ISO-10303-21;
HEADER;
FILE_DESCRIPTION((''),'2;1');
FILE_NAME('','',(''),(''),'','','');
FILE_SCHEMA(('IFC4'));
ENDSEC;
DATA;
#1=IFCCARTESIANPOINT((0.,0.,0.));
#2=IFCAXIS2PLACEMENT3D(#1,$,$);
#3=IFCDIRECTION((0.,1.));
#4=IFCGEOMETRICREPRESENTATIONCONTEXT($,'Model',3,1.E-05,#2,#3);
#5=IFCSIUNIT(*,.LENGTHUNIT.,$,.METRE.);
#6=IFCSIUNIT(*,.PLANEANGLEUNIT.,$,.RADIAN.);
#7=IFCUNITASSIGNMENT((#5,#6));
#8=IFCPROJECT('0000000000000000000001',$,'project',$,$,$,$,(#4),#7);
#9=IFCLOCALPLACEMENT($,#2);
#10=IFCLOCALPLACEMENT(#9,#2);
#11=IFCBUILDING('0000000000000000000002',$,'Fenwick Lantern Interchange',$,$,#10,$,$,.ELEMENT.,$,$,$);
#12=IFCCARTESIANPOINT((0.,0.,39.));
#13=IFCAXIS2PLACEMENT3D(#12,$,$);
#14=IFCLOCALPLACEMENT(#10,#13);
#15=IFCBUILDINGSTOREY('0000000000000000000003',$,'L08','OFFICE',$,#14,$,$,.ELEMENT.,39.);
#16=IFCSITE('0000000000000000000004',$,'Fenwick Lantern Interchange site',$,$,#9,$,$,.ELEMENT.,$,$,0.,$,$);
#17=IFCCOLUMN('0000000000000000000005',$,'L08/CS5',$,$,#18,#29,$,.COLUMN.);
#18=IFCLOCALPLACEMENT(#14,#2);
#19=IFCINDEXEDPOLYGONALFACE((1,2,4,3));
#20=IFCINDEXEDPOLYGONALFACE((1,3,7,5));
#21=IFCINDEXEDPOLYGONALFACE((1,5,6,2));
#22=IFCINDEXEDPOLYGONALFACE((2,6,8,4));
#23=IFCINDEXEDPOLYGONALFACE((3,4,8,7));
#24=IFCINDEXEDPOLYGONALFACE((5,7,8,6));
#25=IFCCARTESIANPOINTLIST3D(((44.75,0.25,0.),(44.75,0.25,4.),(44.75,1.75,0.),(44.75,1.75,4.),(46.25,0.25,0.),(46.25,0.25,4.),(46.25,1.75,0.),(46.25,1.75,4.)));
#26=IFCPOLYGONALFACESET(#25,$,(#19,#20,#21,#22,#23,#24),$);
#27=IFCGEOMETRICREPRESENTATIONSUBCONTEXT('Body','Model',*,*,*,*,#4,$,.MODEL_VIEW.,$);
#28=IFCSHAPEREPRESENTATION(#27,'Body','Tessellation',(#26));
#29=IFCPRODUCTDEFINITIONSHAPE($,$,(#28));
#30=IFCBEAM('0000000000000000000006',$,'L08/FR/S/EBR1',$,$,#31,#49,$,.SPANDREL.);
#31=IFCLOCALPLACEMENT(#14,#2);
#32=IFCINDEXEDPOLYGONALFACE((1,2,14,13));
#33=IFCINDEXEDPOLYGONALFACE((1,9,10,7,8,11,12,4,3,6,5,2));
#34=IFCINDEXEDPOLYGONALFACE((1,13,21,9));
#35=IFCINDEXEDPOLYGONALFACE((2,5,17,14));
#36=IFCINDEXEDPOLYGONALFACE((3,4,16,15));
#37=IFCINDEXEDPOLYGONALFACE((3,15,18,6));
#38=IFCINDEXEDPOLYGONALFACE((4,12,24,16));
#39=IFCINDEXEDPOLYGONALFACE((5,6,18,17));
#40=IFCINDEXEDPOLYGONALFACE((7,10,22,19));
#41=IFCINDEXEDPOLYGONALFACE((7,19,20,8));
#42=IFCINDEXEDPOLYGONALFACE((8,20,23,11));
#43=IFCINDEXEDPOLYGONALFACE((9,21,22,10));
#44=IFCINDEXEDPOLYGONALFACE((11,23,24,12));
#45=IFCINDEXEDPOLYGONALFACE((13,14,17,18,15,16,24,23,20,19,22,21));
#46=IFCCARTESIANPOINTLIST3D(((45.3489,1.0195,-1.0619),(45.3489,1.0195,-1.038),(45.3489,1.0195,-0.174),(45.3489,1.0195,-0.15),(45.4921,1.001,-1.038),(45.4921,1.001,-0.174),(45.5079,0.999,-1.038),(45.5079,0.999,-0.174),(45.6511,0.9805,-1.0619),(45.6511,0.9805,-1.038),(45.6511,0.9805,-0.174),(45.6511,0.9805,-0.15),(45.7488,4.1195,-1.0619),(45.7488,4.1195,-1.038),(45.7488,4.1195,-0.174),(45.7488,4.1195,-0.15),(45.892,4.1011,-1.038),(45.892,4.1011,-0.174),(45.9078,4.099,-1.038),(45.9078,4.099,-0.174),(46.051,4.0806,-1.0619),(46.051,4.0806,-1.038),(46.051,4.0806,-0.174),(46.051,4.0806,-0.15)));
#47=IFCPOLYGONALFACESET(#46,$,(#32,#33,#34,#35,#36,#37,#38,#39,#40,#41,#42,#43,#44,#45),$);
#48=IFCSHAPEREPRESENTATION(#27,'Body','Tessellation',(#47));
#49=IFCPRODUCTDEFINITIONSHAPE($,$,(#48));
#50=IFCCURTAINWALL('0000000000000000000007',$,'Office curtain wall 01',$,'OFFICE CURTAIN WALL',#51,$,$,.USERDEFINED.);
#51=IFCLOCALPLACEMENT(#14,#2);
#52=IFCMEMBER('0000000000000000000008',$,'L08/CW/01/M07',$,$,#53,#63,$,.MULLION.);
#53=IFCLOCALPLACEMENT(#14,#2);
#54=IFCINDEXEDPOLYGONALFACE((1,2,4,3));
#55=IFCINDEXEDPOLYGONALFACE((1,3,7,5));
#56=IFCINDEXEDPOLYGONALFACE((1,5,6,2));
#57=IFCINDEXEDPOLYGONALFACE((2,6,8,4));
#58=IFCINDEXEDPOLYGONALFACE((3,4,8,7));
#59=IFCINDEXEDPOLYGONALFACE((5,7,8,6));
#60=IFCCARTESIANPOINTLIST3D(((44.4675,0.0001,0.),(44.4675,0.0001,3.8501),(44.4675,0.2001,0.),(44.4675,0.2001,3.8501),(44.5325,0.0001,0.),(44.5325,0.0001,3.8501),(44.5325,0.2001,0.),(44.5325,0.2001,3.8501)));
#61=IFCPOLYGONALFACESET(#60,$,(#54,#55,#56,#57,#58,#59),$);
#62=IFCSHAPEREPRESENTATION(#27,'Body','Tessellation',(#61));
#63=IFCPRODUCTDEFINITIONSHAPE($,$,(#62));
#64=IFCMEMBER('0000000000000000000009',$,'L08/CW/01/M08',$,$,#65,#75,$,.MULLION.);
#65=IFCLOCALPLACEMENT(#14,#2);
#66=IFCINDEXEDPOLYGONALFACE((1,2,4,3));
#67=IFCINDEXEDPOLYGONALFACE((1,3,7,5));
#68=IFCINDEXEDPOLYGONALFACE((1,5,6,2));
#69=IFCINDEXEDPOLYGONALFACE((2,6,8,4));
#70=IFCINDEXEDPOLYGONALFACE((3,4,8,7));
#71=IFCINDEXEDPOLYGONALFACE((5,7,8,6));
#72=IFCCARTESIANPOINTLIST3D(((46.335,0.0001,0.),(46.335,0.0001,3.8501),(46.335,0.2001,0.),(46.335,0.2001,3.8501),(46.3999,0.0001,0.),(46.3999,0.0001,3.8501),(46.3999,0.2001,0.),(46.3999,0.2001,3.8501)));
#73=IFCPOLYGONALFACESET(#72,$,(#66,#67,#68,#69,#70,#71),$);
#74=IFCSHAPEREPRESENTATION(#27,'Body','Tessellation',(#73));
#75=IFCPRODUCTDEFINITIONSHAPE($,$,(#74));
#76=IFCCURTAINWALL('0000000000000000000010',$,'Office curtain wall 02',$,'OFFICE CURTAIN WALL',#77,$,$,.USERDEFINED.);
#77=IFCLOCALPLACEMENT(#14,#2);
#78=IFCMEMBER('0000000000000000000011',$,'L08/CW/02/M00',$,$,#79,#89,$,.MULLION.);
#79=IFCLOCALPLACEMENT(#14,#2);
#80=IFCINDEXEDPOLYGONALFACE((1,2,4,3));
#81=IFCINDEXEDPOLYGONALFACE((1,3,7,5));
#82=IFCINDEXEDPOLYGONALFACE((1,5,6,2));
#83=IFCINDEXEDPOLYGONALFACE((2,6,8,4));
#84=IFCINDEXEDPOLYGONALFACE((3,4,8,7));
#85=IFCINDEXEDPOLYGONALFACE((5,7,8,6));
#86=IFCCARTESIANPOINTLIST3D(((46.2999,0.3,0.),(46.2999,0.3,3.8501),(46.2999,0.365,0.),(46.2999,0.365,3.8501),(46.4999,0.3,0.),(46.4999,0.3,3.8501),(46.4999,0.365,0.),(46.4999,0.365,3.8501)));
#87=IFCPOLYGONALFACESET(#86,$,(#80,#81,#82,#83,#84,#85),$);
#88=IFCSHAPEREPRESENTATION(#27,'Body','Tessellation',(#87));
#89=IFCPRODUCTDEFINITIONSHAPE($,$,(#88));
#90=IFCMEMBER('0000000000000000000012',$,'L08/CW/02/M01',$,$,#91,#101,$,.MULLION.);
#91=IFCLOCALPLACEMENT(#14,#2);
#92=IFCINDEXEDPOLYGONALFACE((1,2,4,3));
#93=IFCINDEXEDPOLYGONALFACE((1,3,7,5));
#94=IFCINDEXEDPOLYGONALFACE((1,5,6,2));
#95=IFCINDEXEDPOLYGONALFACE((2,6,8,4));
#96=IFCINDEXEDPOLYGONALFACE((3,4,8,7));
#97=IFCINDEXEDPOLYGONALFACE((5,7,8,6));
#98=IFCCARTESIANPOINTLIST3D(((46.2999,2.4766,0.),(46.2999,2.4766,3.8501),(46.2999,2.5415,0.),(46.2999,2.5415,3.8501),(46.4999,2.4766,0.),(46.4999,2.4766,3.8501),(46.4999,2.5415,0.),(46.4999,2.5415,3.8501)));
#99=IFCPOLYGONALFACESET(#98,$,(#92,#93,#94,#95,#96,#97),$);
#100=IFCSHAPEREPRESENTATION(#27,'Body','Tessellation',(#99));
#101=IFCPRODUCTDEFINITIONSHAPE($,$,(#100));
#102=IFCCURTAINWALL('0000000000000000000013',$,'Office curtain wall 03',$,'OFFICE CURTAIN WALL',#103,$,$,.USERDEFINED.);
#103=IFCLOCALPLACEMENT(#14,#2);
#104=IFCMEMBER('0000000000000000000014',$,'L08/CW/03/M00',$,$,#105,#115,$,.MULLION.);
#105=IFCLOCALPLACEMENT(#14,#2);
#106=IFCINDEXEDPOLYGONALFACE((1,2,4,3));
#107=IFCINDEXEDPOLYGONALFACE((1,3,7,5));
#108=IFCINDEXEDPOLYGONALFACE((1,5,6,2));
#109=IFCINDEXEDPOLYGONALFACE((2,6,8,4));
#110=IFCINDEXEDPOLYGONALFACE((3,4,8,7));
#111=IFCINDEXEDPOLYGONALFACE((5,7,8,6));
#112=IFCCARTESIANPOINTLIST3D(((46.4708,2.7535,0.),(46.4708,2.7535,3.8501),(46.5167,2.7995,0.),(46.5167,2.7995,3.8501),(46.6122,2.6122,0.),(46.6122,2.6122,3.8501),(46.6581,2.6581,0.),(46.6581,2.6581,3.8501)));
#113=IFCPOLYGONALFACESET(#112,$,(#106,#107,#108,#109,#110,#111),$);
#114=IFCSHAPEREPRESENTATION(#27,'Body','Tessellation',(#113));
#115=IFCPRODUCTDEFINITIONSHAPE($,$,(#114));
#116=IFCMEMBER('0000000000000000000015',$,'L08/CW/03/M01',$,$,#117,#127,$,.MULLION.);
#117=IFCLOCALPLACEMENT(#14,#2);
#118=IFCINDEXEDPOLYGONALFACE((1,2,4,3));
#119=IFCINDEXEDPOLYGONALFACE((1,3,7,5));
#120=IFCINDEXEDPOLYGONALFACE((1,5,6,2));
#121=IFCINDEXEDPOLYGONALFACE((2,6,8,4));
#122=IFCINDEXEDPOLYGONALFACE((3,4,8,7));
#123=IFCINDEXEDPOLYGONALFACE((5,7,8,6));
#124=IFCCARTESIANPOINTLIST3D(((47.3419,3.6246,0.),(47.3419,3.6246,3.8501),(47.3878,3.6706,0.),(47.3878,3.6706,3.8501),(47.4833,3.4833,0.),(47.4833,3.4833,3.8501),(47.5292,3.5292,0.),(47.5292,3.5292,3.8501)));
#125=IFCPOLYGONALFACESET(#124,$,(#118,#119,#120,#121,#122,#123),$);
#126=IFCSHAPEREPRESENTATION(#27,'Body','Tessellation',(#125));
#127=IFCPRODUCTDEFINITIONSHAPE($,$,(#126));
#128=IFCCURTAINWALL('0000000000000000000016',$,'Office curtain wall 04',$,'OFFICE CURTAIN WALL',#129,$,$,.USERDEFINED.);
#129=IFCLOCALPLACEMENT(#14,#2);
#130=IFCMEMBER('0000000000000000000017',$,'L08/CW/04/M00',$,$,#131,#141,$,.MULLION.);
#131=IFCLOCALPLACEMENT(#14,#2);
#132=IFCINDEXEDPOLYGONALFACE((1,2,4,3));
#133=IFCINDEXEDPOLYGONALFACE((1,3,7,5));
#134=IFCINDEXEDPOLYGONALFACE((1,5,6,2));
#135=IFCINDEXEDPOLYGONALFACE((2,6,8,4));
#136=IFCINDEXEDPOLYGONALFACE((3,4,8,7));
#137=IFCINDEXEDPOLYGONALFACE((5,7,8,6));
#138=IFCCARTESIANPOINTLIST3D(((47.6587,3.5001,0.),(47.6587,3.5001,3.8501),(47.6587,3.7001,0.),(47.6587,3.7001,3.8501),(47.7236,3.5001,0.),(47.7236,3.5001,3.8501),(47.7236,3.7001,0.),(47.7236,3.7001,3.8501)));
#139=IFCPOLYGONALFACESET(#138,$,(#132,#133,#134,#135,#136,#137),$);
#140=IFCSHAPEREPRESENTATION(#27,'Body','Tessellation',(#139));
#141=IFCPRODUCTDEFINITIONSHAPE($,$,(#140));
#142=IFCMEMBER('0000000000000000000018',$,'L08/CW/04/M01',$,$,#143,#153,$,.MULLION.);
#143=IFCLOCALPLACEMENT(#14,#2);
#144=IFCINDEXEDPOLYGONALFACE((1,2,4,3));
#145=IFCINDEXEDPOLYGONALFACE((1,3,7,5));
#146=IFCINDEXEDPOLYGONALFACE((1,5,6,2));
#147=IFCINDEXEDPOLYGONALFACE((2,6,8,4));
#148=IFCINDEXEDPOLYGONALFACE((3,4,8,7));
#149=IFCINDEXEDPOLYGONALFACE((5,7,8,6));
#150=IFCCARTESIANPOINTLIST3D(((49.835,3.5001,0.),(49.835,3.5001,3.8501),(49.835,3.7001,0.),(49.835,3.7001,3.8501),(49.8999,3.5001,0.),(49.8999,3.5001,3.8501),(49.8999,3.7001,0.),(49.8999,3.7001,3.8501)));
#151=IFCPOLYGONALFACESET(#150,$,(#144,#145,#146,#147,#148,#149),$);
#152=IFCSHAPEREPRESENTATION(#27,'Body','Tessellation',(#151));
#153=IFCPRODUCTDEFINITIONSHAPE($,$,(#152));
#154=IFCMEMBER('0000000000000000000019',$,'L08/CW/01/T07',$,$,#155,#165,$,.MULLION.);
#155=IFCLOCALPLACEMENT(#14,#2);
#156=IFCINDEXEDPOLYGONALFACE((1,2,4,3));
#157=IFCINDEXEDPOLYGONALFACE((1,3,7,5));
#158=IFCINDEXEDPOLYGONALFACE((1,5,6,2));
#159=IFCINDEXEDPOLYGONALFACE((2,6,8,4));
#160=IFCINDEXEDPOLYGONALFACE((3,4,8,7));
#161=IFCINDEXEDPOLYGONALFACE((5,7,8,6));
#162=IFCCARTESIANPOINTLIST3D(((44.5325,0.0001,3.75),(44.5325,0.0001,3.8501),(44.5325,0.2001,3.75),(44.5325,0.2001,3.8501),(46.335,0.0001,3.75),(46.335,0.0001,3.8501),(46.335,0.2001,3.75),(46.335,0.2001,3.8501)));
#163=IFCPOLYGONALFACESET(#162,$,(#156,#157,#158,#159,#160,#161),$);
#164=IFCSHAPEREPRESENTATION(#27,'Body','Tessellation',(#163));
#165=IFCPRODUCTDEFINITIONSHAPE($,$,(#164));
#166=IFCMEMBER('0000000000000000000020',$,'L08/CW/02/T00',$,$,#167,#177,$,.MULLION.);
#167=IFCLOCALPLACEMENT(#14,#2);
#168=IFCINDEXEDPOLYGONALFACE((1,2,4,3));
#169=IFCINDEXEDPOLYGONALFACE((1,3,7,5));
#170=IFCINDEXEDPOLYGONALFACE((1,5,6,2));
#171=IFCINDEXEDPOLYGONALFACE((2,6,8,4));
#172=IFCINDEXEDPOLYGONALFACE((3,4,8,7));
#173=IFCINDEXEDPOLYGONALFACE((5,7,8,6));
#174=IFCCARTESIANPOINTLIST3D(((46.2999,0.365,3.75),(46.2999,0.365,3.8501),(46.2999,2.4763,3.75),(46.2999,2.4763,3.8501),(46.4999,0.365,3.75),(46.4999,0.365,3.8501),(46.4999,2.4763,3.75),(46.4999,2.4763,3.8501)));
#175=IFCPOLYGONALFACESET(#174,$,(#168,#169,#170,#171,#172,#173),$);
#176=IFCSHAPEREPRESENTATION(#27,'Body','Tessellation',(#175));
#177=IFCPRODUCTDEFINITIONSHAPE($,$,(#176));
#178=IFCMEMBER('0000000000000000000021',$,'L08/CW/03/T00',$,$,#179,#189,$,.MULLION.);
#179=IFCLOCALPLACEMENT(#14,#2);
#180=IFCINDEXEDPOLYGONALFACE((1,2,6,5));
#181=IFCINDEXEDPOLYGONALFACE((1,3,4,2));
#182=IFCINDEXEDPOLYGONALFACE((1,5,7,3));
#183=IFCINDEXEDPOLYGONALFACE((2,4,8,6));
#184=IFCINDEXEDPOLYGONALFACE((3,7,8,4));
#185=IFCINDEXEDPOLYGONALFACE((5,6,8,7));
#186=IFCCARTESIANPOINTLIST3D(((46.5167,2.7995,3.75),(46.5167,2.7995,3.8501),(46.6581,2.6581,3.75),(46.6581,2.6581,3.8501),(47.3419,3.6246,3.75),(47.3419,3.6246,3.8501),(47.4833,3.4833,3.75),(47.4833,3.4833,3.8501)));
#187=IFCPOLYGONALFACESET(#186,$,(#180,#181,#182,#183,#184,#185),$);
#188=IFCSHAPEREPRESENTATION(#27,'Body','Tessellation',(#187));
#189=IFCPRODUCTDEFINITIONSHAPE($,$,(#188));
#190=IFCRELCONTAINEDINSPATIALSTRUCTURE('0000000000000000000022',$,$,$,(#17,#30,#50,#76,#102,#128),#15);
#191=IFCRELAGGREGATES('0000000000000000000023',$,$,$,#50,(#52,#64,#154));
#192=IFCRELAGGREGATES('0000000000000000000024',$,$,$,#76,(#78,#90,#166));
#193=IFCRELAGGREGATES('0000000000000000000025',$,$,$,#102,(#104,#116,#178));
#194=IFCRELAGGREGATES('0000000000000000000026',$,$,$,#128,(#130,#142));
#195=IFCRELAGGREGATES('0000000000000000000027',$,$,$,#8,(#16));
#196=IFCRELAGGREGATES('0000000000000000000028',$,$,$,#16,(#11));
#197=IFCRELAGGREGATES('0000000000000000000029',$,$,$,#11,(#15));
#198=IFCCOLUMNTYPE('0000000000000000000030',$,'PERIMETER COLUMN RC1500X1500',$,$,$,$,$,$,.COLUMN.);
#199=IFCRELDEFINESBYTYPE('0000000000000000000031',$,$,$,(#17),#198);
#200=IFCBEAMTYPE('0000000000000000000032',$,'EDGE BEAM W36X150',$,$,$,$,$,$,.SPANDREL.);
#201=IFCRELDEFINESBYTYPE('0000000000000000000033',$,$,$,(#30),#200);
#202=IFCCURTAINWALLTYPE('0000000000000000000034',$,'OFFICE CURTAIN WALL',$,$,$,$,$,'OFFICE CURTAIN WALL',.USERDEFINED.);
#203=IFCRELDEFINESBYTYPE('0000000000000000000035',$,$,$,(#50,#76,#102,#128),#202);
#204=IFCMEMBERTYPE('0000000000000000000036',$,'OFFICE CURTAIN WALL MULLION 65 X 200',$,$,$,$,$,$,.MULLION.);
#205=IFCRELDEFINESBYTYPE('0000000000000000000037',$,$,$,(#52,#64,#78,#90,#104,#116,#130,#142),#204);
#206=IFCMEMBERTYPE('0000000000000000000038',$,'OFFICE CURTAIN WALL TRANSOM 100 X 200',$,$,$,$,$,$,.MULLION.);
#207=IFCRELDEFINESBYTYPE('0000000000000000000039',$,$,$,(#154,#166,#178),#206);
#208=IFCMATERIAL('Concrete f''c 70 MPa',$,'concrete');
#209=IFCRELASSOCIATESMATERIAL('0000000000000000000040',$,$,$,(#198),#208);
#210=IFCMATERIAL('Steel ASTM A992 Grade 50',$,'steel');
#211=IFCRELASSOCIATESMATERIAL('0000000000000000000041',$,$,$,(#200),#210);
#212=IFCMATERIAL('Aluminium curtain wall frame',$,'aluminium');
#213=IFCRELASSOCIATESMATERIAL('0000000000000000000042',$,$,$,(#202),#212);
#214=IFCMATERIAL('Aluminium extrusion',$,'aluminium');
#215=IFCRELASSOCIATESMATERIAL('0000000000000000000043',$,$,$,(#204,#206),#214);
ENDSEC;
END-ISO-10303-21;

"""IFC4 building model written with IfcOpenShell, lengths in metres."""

from ifc_helpers import new_model, si_unit, direction, frame, origin, origin_2d, place, context, subcontext, project, spatial, rectangle, i_section, extrude, material, material_profile, profile_set, type_object, element, aggregate, save


model = new_model("IFC4")

# Units and contexts
model_context = context("Model", 3, precision=1e-05, world=origin(), true_north=direction((0.0, 1.0)))
body_context = subcontext(model_context, "Body", "Model", "MODEL_VIEW")
ifc_project = project(units=[si_unit("LENGTHUNIT", "METRE"), si_unit("PLANEANGLEUNIT", "RADIAN")], contexts=[model_context])

# Site, building, storey
site_placement = place(None, origin())
site = spatial("IfcSite", under=ifc_project, at=site_placement, Name="Fenwick Lantern Interchange site", CompositionType="ELEMENT", RefElevation=0.0)
building_placement = place(site_placement, origin())
building = spatial("IfcBuilding", under=site, at=building_placement, Name="Fenwick Lantern Interchange", CompositionType="ELEMENT")
storey_placement = place(building_placement, frame((0.0, 0.0, 39.0)))
storey = spatial("IfcBuildingStorey", under=building, at=storey_placement, Name="L08", Description="OFFICE", CompositionType="ELEMENT", Elevation=39.0)

# Column
ifc_material_1 = material(Name="Concrete f'c 70 MPa", Category="concrete")
ifc_material_profile_1 = material_profile(ifc_material_1, rectangle(XDim=1.5, YDim=1.5, at=origin_2d()), Name="RC1500X1500")
ifc_profile_set_1 = profile_set([ifc_material_profile_1], Name="Concrete f'c 70 MPa")
column_type = type_object("IfcColumnType", Name="PERIMETER COLUMN RC1500X1500", PredefinedType="COLUMN", material=ifc_profile_set_1)
column_placement = place(storey_placement, frame((45.5, 1.0, 0.0), z_axis=(0.0, 0.0, 1.0), x_axis=(1.0, 0.0, 0.0)))
element("IfcColumn", 1, at=column_placement, inside=storey, type_object=column_type, Name="L08/CS5", PredefinedType="COLUMN", context=body_context, shape_type="SweptSolid", body=[
    extrude(rectangle(XDim=1.5, YDim=1.5, at=origin_2d()), origin(), (0.0, 0.0, 1.0), 4.0),
])

# Beam
ifc_material_2 = material(Name="Steel ASTM A992 Grade 50", Category="steel")
ifc_material_profile_2 = material_profile(ifc_material_2, i_section(OverallWidth=0.3047, OverallDepth=0.9119, WebThickness=0.0159, FlangeThickness=0.0239, at=origin_2d()), Name="W36X150")
ifc_profile_set_2 = profile_set([ifc_material_profile_2], Name="Steel ASTM A992 Grade 50")
beam_type = type_object("IfcBeamType", Name="EDGE BEAM W36X150", PredefinedType="SPANDREL", material=ifc_profile_set_2)
beam_placement = place(storey_placement, frame((45.5, 1.0, -0.606), z_axis=(0.127937, 0.991782, 0.0), x_axis=(-0.991782, 0.127937, 0.0)))
element("IfcBeam", 2, at=beam_placement, inside=storey, type_object=beam_type, Name="L08/FR/S/EBR1", PredefinedType="SPANDREL", context=body_context, shape_type="SweptSolid", body=[
    extrude(i_section(OverallWidth=0.3047, OverallDepth=0.9119, WebThickness=0.0159, FlangeThickness=0.0239, at=origin_2d()), origin(), (0.0, 0.0, 1.0), 3.1257),
])

# Curtain walls, members
ifc_material_3 = material(Name="Aluminium curtain wall frame", Category="aluminium")
curtain_wall_type = type_object("IfcCurtainWallType", Name="OFFICE CURTAIN WALL", ElementType="OFFICE CURTAIN WALL", PredefinedType="USERDEFINED", material=ifc_material_3)
curtain_wall_1_placement = place(storey_placement, origin())
curtain_wall_1 = element("IfcCurtainWall", 3, at=curtain_wall_1_placement, inside=storey, type_object=curtain_wall_type, Name="Office curtain wall 01", ObjectType="OFFICE CURTAIN WALL", PredefinedType="USERDEFINED")
ifc_material_4 = material(Name="Aluminium extrusion", Category="aluminium")
ifc_material_profile_3 = material_profile(ifc_material_4, rectangle(XDim=0.2, YDim=0.0649, at=origin_2d()), Name="OFFICE CURTAIN WALL MULLION 65 X 200")
ifc_profile_set_3 = profile_set([ifc_material_profile_3], Name="Aluminium extrusion")
member_type_1 = type_object("IfcMemberType", Name="OFFICE CURTAIN WALL MULLION 65 X 200", PredefinedType="MULLION", material=ifc_profile_set_3)
member_1_placement = place(storey_placement, frame((44.5, 0.1001, 0.0), z_axis=(0.0, 0.0, 1.0), x_axis=(0.0, 1.0, 0.0)))
member_1 = element("IfcMember", 4, at=member_1_placement, type_object=member_type_1, Name="L08/CW/01/M07", PredefinedType="MULLION", context=body_context, shape_type="SweptSolid", body=[
    extrude(rectangle(XDim=0.2, YDim=0.0649, at=origin_2d()), origin(), (0.0, 0.0, 1.0), 3.8501),
])
member_2_placement = place(storey_placement, frame((46.3674, 0.1001, 0.0), z_axis=(0.0, 0.0, 1.0), x_axis=(0.0, 1.0, 0.0)))
member_2 = element("IfcMember", 5, at=member_2_placement, type_object=member_type_1, Name="L08/CW/01/M08", PredefinedType="MULLION", context=body_context, shape_type="SweptSolid", body=[
    extrude(rectangle(XDim=0.2, YDim=0.0649, at=origin_2d()), origin(), (0.0, 0.0, 1.0), 3.8501),
])
curtain_wall_2_placement = place(storey_placement, origin())
curtain_wall_2 = element("IfcCurtainWall", 6, at=curtain_wall_2_placement, inside=storey, type_object=curtain_wall_type, Name="Office curtain wall 02", ObjectType="OFFICE CURTAIN WALL", PredefinedType="USERDEFINED")
member_3_placement = place(storey_placement, frame((46.3999, 0.3325, 0.0), z_axis=(0.0, 0.0, 1.0), x_axis=(-1.0, 0.0, 0.0)))
member_3 = element("IfcMember", 7, at=member_3_placement, type_object=member_type_1, Name="L08/CW/02/M00", PredefinedType="MULLION", context=body_context, shape_type="SweptSolid", body=[
    extrude(rectangle(XDim=0.2, YDim=0.0649, at=origin_2d()), origin(), (0.0, 0.0, 1.0), 3.8501),
])
member_4_placement = place(storey_placement, frame((46.3999, 2.509, 0.0), z_axis=(0.0, 0.0, 1.0), x_axis=(-1.0, 0.0, 0.0)))
member_4 = element("IfcMember", 8, at=member_4_placement, type_object=member_type_1, Name="L08/CW/02/M01", PredefinedType="MULLION", context=body_context, shape_type="SweptSolid", body=[
    extrude(rectangle(XDim=0.2, YDim=0.0649, at=origin_2d()), origin(), (0.0, 0.0, 1.0), 3.8501),
])
curtain_wall_3_placement = place(storey_placement, origin())
curtain_wall_3 = element("IfcCurtainWall", 9, at=curtain_wall_3_placement, inside=storey, type_object=curtain_wall_type, Name="Office curtain wall 03", ObjectType="OFFICE CURTAIN WALL", PredefinedType="USERDEFINED")
member_5_placement = place(storey_placement, frame((46.5645, 2.7058, 0.0), z_axis=(0.0, 0.0, 1.0), x_axis=(-0.707107, 0.707107, 0.0)))
member_5 = element("IfcMember", 10, at=member_5_placement, type_object=member_type_1, Name="L08/CW/03/M00", PredefinedType="MULLION", context=body_context, shape_type="SweptSolid", body=[
    extrude(rectangle(XDim=0.2, YDim=0.0649, at=origin_2d()), origin(), (0.0, 0.0, 1.0), 3.8501),
])
member_6_placement = place(storey_placement, frame((47.4355, 3.5769, 0.0), z_axis=(0.0, 0.0, 1.0), x_axis=(-0.707107, 0.707107, 0.0)))
member_6 = element("IfcMember", 11, at=member_6_placement, type_object=member_type_1, Name="L08/CW/03/M01", PredefinedType="MULLION", context=body_context, shape_type="SweptSolid", body=[
    extrude(rectangle(XDim=0.2, YDim=0.0649, at=origin_2d()), origin(), (0.0, 0.0, 1.0), 3.8501),
])
curtain_wall_4_placement = place(storey_placement, origin())
curtain_wall_4 = element("IfcCurtainWall", 12, at=curtain_wall_4_placement, inside=storey, type_object=curtain_wall_type, Name="Office curtain wall 04", ObjectType="OFFICE CURTAIN WALL", PredefinedType="USERDEFINED")
member_7_placement = place(storey_placement, frame((47.6912, 3.6001, 0.0), z_axis=(0.0, 0.0, 1.0), x_axis=(0.0, 1.0, 0.0)))
member_7 = element("IfcMember", 13, at=member_7_placement, type_object=member_type_1, Name="L08/CW/04/M00", PredefinedType="MULLION", context=body_context, shape_type="SweptSolid", body=[
    extrude(rectangle(XDim=0.2, YDim=0.0649, at=origin_2d()), origin(), (0.0, 0.0, 1.0), 3.8501),
])
member_8_placement = place(storey_placement, frame((49.8674, 3.6001, 0.0), z_axis=(0.0, 0.0, 1.0), x_axis=(0.0, 1.0, 0.0)))
member_8 = element("IfcMember", 14, at=member_8_placement, type_object=member_type_1, Name="L08/CW/04/M01", PredefinedType="MULLION", context=body_context, shape_type="SweptSolid", body=[
    extrude(rectangle(XDim=0.2, YDim=0.0649, at=origin_2d()), origin(), (0.0, 0.0, 1.0), 3.8501),
])

# Members
ifc_material_profile_4 = material_profile(ifc_material_4, rectangle(XDim=0.2, YDim=0.1001, at=origin_2d()), Name="OFFICE CURTAIN WALL TRANSOM 100 X 200")
ifc_profile_set_4 = profile_set([ifc_material_profile_4], Name="Aluminium extrusion")
member_type_2 = type_object("IfcMemberType", Name="OFFICE CURTAIN WALL TRANSOM 100 X 200", PredefinedType="MULLION", material=ifc_profile_set_4)
member_9_placement = place(storey_placement, frame((44.5325, 0.1001, 3.8), z_axis=(1.0, 0.0, 0.0), x_axis=(0.0, 1.0, 0.0)))
member_9 = element("IfcMember", 15, at=member_9_placement, type_object=member_type_2, Name="L08/CW/01/T07", PredefinedType="MULLION", context=body_context, shape_type="SweptSolid", body=[
    extrude(rectangle(XDim=0.2, YDim=0.1001, at=origin_2d()), origin(), (0.0, 0.0, 1.0), 1.8025),
])
aggregate(curtain_wall_1, [member_1, member_2, member_9])
member_10_placement = place(storey_placement, frame((46.3999, 0.365, 3.8), z_axis=(0.0, 1.0, 0.0), x_axis=(-1.0, 0.0, 0.0)))
member_10 = element("IfcMember", 16, at=member_10_placement, type_object=member_type_2, Name="L08/CW/02/T00", PredefinedType="MULLION", context=body_context, shape_type="SweptSolid", body=[
    extrude(rectangle(XDim=0.2, YDim=0.1001, at=origin_2d()), origin(), (0.0, 0.0, 1.0), 2.1113),
])
aggregate(curtain_wall_2, [member_3, member_4, member_10])
member_11_placement = place(storey_placement, frame((46.5874, 2.7288, 3.8), z_axis=(0.707107, 0.707107, 0.0), x_axis=(-0.707107, 0.707107, 0.0)))
member_11 = element("IfcMember", 17, at=member_11_placement, type_object=member_type_2, Name="L08/CW/03/T00", PredefinedType="MULLION", context=body_context, shape_type="SweptSolid", body=[
    extrude(rectangle(XDim=0.2, YDim=0.1001, at=origin_2d()), origin(), (0.0, 0.0, 1.0), 1.167),
])
aggregate(curtain_wall_3, [member_5, member_6, member_11])
aggregate(curtain_wall_4, [member_7, member_8])

save(model, "model.ifc")
